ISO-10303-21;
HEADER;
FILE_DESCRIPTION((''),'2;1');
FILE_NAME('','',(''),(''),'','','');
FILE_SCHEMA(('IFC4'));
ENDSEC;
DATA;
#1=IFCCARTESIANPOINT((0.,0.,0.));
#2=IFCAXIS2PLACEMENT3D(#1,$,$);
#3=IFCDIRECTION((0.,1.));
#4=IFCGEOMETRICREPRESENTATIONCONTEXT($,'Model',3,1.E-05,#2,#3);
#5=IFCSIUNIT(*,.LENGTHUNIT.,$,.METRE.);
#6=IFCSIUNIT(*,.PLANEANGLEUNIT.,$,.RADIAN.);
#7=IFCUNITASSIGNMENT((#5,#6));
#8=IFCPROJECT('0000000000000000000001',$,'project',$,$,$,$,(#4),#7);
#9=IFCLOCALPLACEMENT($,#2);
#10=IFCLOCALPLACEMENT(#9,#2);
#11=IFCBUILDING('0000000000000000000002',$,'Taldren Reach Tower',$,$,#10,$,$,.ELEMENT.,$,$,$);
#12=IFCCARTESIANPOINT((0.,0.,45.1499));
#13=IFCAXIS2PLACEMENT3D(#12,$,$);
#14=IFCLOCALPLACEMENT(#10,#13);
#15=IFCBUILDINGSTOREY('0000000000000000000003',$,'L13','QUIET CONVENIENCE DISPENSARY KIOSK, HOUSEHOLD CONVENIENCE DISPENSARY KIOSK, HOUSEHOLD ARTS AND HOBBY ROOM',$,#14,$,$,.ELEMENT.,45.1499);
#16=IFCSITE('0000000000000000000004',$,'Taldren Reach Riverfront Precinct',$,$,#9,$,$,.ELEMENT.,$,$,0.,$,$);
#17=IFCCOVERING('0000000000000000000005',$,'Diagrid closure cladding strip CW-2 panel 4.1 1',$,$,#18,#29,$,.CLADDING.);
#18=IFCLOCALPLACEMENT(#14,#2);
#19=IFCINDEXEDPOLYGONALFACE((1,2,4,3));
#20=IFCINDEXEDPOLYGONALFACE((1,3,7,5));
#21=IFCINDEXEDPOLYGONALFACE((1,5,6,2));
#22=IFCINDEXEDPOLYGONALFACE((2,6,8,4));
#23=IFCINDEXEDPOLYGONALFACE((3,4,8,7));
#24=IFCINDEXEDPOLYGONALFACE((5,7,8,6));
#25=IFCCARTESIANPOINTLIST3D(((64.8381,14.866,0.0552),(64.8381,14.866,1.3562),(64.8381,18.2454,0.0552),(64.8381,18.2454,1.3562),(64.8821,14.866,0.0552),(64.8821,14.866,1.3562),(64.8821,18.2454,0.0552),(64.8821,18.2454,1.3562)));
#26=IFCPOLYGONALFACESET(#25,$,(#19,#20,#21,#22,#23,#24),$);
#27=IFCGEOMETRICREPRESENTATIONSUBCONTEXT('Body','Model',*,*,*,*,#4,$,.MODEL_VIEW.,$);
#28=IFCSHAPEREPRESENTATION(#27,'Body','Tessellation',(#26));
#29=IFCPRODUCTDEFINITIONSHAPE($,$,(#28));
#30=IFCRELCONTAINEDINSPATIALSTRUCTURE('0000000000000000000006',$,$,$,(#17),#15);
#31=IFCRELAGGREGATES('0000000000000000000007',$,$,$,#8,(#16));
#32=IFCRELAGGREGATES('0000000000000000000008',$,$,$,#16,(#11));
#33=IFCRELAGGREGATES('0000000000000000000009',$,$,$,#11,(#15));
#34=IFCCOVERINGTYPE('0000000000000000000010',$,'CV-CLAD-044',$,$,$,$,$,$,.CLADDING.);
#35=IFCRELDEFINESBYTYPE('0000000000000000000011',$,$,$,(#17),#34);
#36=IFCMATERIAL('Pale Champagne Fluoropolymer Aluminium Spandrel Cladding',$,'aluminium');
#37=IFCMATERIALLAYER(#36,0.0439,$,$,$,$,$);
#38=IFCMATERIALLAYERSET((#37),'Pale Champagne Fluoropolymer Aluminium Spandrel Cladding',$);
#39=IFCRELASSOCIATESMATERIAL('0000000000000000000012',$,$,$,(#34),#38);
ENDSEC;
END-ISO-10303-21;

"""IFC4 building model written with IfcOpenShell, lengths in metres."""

from ifc_helpers import new_model, si_unit, direction, frame, origin, origin_2d, place, context, subcontext, project, spatial, rectangle, extrude, source, transform, mapped, material, layer, layer_set, type_object, element, save


model = new_model("IFC4")

# Units and contexts
model_context = context("Model", 3, precision=1e-05, world=origin(), true_north=direction((0.0, 1.0)))
body_context = subcontext(model_context, "Body", "Model", "MODEL_VIEW")
ifc_project = project(units=[si_unit("LENGTHUNIT", "METRE"), si_unit("PLANEANGLEUNIT", "RADIAN")], contexts=[model_context])

# Site, building, storey
site_placement = place(None, origin())
site = spatial("IfcSite", under=ifc_project, at=site_placement, Name="Taldren Reach Riverfront Precinct", CompositionType="ELEMENT", RefElevation=0.0)
building_placement = place(site_placement, origin())
building = spatial("IfcBuilding", under=site, at=building_placement, Name="Taldren Reach Tower", CompositionType="ELEMENT")
storey_placement = place(building_placement, frame((0.0, 0.0, 45.1499)))
storey = spatial("IfcBuildingStorey", under=building, at=storey_placement, Name="L13", Description="QUIET CONVENIENCE DISPENSARY KIOSK, HOUSEHOLD CONVENIENCE DISPENSARY KIOSK, HOUSEHOLD ARTS AND HOBBY ROOM", CompositionType="ELEMENT", Elevation=45.1499)

# Covering
ifc_material_1 = material(Name="Pale Champagne Fluoropolymer Aluminium Spandrel Cladding", Category="aluminium")
ifc_layer_1 = layer(ifc_material_1, 0.0439)
ifc_layer_set_1 = layer_set([ifc_layer_1], Name="Pale Champagne Fluoropolymer Aluminium Spandrel Cladding")
covering_type = type_object("IfcCoveringType", Name="CV-CLAD-044", PredefinedType="CLADDING", material=ifc_layer_set_1)
shared_shape_1 = source(origin(), body_context, "Body", "SweptSolid", [
    extrude(rectangle(XDim=3.3794, YDim=0.0439, at=origin_2d()), origin(), (0.0, 0.0, 1.0), 1.301),
])
covering_placement = place(storey_placement, frame((64.8601, 16.5557, 0.0552), z_axis=(0.0, 0.0, 1.0), x_axis=(0.0, 1.0, 0.0)))
element("IfcCovering", 1, at=covering_placement, inside=storey, type_object=covering_type, Name="Diagrid closure cladding strip CW-2 panel 4.1 1", PredefinedType="CLADDING", context=body_context, shape_type="MappedRepresentation", body=[
    mapped(shared_shape_1, transform((0.0, 0.0, 0.0), scale=1.0)),
])

save(model, "model.ifc")
